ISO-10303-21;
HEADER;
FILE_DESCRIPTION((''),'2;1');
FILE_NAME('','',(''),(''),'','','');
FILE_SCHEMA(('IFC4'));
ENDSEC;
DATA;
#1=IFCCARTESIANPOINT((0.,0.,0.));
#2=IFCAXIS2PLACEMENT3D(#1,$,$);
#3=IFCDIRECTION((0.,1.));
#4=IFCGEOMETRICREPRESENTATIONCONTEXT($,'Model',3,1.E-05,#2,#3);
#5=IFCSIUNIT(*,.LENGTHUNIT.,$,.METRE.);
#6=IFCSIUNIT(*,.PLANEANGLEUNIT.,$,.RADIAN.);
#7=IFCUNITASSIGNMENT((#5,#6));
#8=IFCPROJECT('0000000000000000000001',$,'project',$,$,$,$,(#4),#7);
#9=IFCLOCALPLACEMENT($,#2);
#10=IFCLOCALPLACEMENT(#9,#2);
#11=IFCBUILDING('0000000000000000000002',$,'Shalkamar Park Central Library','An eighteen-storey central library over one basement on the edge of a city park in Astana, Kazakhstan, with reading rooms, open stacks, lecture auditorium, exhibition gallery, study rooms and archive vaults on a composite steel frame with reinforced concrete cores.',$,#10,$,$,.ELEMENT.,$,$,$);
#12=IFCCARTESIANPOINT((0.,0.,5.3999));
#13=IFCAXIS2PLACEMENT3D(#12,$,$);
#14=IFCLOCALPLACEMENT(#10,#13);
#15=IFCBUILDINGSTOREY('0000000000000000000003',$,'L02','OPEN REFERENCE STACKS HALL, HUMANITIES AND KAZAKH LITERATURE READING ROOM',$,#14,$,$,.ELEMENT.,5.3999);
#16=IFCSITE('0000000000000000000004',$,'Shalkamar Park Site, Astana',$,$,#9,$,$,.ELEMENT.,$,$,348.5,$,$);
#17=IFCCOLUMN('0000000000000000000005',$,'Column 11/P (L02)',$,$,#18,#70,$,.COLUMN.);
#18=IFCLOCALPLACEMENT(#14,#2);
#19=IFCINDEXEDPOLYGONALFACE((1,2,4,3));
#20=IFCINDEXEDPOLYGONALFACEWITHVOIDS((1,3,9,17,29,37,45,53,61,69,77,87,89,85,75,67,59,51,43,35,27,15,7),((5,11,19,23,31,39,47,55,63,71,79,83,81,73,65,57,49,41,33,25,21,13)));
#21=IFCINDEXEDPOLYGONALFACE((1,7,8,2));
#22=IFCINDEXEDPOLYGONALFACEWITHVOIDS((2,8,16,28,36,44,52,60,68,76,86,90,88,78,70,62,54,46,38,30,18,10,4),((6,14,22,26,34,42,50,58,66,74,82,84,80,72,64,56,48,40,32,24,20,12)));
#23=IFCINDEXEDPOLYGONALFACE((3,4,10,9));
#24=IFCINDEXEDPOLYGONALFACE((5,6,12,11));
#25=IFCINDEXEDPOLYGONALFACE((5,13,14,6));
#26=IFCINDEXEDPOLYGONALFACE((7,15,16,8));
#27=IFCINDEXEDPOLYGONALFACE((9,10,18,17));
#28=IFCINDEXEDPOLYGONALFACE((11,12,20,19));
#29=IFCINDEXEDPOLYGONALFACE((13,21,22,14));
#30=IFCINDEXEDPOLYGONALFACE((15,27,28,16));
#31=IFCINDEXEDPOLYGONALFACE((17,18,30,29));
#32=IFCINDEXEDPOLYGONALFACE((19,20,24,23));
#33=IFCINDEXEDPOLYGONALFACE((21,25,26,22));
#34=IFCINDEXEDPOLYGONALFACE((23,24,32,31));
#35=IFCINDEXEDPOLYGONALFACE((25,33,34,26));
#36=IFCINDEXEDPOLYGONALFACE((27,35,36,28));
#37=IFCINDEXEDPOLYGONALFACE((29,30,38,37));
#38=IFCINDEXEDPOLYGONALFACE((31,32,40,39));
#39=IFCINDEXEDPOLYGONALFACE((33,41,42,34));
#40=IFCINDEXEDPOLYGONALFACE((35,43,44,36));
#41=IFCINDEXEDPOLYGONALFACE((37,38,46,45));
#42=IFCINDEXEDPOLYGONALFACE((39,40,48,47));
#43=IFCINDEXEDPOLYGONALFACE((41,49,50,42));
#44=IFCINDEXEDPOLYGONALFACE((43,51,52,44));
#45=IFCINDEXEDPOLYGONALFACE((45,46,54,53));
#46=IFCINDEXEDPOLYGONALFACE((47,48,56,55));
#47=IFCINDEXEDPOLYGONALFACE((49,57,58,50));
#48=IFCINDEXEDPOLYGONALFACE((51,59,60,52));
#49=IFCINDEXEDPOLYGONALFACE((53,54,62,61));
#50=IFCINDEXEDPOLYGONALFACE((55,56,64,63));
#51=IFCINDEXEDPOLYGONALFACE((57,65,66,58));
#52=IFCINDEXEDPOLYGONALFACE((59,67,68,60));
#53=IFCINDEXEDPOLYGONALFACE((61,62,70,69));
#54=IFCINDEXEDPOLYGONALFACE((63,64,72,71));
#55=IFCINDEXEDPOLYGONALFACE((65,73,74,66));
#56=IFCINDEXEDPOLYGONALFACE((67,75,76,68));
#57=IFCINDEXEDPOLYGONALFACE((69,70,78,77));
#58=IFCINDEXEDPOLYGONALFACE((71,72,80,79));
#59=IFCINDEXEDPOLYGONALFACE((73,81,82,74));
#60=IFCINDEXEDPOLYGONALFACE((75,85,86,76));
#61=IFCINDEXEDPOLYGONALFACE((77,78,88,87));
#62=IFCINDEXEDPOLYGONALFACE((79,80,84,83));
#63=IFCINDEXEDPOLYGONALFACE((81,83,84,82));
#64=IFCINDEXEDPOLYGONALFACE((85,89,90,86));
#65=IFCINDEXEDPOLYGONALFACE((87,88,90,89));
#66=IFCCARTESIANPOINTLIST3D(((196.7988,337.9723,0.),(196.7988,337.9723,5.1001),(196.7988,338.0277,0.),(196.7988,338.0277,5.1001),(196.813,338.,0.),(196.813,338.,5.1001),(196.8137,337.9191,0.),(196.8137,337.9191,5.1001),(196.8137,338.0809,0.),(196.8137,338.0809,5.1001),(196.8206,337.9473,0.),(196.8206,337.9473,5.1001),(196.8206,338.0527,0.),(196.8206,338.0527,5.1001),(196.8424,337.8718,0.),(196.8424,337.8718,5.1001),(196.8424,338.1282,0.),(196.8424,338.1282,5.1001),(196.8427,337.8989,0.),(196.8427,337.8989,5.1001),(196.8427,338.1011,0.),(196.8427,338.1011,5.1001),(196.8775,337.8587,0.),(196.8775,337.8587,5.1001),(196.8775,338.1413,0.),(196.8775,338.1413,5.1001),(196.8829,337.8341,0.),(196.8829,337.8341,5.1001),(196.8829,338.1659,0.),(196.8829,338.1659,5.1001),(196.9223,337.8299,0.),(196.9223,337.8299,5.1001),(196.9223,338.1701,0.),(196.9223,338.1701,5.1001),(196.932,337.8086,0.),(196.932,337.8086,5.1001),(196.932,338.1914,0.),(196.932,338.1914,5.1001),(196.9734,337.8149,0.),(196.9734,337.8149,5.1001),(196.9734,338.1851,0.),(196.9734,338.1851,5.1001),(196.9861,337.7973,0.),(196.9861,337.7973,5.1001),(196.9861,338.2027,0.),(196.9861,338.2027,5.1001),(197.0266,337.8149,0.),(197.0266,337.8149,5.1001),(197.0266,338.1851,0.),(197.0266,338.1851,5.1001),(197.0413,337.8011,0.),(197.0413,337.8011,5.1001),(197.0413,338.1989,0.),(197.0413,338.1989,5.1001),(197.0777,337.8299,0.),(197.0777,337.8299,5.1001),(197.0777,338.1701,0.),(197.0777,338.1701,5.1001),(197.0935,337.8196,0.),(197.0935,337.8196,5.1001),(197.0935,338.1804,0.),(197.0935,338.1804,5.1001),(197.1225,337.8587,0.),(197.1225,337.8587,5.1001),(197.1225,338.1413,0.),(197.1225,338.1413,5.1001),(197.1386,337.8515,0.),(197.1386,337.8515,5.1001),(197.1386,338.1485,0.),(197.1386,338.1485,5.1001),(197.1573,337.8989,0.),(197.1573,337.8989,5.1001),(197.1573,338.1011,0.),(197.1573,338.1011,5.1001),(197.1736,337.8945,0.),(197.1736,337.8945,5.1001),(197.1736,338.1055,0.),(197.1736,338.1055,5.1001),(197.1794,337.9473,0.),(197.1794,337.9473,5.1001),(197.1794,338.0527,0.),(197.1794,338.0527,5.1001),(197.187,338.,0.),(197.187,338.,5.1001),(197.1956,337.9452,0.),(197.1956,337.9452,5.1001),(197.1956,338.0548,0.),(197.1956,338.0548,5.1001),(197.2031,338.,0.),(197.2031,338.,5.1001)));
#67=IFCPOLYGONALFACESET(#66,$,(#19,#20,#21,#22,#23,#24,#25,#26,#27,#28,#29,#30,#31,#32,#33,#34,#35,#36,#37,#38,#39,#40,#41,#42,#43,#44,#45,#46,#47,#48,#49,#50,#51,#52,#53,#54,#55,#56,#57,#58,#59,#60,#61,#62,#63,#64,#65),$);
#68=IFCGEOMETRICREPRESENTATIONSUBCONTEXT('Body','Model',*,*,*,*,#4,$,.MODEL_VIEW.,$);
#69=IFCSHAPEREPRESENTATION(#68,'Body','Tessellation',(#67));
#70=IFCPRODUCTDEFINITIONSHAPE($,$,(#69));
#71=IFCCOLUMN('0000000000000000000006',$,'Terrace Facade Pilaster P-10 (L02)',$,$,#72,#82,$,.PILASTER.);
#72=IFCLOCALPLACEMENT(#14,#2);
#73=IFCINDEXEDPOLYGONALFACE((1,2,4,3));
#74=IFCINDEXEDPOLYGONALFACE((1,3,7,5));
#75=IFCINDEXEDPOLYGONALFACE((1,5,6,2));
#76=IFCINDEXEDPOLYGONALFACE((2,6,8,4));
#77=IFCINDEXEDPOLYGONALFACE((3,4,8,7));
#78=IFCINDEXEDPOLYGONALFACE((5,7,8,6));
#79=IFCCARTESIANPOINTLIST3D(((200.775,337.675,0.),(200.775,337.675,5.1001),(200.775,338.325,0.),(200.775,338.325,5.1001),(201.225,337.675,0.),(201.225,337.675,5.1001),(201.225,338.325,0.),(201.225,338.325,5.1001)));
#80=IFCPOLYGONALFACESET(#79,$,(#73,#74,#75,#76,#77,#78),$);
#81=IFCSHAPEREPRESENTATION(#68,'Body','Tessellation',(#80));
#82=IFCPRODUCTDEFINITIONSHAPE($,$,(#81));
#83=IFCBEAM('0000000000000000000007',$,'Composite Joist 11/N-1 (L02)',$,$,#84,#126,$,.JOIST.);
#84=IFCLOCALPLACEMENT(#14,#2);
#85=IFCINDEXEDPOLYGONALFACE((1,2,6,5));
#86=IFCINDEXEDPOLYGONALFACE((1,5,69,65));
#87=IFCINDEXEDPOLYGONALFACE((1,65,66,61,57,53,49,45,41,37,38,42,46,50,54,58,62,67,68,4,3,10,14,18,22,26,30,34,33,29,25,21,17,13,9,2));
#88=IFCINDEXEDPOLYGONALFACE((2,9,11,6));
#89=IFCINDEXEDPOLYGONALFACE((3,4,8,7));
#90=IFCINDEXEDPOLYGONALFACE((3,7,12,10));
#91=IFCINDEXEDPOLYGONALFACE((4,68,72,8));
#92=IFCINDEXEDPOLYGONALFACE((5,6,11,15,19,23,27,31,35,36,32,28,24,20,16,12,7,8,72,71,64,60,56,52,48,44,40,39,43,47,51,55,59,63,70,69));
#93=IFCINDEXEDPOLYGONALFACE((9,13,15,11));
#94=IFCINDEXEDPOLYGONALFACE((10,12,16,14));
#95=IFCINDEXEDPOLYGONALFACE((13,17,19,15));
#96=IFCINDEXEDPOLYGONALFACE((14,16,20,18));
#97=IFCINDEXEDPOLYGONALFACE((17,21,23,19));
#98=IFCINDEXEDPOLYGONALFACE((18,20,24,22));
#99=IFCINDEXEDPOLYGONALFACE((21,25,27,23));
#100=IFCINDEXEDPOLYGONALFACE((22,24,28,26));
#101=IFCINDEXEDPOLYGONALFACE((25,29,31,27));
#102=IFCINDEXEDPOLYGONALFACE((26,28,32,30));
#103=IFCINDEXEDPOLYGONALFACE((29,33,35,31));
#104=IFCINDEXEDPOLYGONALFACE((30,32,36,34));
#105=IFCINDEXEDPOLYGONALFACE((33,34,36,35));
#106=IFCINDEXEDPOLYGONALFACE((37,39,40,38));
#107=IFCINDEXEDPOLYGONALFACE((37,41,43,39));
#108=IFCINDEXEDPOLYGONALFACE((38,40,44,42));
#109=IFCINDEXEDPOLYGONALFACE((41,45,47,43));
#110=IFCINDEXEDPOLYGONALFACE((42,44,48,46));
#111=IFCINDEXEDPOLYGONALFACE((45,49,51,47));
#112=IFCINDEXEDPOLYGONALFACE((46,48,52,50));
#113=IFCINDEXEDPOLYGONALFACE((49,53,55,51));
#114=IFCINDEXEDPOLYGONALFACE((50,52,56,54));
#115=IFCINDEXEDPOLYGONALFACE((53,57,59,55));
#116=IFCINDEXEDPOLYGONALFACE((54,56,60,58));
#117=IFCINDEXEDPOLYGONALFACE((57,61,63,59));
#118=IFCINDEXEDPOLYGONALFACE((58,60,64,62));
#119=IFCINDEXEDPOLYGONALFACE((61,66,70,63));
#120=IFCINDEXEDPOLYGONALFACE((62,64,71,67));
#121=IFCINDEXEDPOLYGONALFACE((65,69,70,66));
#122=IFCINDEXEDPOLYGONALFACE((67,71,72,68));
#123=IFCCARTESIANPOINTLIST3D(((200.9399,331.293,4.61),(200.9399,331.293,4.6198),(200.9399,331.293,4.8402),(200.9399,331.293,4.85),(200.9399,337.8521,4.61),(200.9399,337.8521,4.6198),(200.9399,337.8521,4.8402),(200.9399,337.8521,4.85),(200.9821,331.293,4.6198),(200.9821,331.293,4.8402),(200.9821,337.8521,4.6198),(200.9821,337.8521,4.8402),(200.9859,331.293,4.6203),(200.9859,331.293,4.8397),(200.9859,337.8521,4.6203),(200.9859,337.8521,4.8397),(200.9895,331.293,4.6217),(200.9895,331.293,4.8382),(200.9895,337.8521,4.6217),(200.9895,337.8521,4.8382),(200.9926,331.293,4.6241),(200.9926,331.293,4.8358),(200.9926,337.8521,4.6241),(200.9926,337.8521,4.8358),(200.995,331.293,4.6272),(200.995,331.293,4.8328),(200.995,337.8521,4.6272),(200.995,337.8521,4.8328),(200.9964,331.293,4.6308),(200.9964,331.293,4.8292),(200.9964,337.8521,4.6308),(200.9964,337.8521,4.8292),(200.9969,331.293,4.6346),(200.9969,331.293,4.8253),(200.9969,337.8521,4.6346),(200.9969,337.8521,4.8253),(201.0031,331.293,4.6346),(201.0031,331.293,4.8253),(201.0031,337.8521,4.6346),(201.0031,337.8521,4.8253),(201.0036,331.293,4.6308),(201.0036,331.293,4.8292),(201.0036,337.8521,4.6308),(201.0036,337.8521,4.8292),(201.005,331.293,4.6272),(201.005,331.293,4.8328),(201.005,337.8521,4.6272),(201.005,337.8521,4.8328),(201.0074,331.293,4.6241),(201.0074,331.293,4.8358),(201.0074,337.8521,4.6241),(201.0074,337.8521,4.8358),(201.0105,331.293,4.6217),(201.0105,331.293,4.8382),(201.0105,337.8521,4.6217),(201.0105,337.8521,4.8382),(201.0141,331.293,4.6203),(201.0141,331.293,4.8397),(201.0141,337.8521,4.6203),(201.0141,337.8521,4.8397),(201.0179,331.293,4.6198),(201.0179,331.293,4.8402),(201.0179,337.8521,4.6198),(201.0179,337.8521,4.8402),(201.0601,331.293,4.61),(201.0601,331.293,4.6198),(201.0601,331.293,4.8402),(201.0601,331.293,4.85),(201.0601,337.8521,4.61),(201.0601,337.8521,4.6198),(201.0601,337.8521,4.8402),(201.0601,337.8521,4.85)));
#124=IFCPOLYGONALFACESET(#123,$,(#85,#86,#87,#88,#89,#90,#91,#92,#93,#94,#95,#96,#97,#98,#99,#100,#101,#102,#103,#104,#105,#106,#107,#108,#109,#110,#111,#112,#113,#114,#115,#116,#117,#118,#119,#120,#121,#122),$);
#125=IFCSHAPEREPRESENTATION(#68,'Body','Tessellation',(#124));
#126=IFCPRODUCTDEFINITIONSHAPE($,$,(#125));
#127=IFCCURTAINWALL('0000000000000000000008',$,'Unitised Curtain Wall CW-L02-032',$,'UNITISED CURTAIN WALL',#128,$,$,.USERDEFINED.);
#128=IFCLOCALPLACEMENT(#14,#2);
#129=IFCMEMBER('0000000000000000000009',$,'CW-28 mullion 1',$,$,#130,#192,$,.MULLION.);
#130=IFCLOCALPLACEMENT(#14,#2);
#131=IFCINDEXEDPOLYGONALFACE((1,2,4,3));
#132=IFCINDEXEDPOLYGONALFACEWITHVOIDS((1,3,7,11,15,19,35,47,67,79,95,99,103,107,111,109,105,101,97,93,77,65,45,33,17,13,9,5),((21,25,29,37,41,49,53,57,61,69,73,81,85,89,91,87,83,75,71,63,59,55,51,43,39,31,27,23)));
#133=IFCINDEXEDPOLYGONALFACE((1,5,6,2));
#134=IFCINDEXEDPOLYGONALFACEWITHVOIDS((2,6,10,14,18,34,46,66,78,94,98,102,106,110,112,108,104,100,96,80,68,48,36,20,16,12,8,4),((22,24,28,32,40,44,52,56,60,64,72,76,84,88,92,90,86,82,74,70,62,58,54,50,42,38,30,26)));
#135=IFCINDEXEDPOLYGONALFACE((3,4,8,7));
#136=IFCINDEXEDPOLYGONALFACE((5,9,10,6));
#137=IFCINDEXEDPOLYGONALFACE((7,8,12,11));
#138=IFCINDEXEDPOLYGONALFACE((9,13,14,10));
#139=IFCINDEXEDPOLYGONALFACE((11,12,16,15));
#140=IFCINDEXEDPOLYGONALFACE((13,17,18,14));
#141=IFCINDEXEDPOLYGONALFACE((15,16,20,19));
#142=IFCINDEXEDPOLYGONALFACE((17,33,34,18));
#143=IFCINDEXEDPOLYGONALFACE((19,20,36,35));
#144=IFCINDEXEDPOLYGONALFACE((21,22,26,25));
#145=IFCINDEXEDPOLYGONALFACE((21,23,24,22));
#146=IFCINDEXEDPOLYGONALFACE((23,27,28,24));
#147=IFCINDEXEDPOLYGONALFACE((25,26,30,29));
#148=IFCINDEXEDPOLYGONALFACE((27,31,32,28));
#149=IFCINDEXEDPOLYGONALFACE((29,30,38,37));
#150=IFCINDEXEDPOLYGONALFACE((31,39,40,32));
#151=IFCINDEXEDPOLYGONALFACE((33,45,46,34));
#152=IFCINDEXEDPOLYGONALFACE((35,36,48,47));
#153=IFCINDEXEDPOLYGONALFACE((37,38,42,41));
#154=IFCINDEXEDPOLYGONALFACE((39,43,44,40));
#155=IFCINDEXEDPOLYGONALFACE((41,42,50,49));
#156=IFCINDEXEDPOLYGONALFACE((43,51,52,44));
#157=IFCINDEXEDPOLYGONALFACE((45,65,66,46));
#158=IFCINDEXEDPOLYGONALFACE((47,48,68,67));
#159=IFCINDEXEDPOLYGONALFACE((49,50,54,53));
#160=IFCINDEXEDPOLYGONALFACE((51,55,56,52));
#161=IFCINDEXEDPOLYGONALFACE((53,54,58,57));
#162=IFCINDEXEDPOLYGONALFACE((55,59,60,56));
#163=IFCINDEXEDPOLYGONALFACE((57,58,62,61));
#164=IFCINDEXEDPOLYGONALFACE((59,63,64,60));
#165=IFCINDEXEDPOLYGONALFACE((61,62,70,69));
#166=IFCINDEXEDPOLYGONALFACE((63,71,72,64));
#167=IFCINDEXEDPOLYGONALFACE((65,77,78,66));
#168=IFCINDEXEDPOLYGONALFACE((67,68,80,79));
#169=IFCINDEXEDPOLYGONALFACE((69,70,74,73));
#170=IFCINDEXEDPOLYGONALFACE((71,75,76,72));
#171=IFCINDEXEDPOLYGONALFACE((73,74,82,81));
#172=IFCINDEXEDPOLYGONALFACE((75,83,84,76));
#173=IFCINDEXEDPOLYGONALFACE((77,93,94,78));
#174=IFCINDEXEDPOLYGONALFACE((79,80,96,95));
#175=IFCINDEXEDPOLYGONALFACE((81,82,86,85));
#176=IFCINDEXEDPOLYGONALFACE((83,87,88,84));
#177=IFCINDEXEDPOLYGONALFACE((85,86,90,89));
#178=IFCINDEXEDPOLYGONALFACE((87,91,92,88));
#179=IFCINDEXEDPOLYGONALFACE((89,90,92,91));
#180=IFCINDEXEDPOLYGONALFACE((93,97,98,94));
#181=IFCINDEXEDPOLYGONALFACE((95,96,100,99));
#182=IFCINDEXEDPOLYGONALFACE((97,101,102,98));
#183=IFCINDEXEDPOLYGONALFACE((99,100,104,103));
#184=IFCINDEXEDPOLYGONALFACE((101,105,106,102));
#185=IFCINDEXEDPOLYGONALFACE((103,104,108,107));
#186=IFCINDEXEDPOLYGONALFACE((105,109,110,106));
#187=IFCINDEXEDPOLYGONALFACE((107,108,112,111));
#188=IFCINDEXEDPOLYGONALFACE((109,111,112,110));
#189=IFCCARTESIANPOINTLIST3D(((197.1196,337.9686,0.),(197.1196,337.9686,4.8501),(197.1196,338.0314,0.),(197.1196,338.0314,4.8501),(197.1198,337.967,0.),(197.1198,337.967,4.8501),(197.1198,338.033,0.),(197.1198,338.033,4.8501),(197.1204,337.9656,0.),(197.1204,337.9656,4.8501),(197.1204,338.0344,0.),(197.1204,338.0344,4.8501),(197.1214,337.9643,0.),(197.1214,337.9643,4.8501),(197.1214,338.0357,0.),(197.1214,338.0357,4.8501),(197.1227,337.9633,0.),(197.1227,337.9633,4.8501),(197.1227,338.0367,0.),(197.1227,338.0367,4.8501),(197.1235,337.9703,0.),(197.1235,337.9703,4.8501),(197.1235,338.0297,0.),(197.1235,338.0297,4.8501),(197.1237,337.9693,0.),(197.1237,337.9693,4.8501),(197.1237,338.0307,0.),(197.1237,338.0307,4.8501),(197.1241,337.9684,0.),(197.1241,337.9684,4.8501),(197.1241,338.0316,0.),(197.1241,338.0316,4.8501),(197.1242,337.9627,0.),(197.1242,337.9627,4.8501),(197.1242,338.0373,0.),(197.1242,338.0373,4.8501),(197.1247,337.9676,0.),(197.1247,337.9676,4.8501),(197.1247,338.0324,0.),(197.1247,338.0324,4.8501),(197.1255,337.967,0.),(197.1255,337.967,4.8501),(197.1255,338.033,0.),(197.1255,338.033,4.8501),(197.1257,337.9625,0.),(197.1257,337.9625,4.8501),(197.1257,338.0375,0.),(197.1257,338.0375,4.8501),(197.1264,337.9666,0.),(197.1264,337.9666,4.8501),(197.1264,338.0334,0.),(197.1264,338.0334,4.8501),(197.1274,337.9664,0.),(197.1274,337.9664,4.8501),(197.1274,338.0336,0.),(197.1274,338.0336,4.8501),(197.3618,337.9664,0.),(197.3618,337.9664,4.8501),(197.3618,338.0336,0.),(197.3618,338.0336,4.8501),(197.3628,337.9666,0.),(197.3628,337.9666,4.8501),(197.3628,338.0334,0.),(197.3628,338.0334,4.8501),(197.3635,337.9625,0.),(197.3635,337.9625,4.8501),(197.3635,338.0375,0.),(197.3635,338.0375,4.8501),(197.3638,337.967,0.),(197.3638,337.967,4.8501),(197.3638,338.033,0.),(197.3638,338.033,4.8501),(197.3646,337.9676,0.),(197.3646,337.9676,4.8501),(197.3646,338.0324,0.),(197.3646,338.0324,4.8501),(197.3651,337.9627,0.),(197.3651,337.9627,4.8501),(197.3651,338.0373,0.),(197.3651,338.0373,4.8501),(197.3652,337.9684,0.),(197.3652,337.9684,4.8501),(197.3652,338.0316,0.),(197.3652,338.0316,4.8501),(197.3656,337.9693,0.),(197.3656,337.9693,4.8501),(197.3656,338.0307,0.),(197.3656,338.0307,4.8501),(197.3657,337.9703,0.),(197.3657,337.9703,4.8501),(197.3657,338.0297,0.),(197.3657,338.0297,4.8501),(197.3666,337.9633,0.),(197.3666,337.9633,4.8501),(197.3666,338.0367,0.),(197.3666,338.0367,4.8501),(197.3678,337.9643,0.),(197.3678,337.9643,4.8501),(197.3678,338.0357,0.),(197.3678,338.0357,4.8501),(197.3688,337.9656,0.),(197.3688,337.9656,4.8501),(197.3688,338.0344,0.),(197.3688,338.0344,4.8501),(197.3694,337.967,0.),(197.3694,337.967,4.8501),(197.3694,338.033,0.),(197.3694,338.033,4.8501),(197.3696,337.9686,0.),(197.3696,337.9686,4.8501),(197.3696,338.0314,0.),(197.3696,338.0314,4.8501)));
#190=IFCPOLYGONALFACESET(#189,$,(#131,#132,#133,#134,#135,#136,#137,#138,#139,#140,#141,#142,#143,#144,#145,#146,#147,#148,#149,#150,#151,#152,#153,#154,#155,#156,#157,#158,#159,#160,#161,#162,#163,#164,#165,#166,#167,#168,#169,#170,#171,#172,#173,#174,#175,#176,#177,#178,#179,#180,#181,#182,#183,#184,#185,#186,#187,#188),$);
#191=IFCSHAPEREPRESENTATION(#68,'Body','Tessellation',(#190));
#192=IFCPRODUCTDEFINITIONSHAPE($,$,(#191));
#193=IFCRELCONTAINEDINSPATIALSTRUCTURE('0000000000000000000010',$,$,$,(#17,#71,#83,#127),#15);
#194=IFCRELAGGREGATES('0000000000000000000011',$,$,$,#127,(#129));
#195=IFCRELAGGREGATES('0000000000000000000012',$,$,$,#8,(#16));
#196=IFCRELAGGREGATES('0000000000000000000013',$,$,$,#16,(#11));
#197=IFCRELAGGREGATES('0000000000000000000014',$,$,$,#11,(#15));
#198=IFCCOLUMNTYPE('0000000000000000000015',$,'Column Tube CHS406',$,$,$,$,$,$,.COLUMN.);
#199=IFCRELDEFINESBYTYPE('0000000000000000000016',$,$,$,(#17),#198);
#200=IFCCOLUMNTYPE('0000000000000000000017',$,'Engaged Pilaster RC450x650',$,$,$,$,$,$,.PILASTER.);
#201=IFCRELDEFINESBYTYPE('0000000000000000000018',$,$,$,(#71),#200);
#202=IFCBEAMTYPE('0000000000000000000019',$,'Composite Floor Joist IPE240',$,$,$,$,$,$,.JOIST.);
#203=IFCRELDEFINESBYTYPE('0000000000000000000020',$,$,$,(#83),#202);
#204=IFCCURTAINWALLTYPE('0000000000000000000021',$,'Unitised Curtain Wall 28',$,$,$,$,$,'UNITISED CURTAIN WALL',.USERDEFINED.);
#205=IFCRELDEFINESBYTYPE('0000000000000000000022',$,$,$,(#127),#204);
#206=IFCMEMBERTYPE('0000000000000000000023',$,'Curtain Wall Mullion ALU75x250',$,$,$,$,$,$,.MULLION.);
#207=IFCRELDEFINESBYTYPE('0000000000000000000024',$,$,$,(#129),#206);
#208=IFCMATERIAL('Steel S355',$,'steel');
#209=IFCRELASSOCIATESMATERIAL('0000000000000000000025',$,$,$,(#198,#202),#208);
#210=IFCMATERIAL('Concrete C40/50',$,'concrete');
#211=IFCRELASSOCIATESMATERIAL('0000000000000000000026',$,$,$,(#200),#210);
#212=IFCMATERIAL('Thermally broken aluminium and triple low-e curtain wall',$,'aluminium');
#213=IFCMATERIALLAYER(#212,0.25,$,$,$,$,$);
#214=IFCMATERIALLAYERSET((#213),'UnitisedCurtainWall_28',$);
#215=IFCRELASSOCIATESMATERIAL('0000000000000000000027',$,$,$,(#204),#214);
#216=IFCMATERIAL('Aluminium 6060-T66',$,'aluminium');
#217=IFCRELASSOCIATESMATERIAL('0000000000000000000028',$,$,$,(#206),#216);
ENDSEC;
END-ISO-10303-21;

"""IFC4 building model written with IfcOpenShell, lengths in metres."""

from ifc_helpers import new_model, si_unit, direction, frame, origin, origin_2d, place, context, subcontext, project, spatial, rectangle, hollow_rectangle, hollow_circle, i_section, extrude, material, layer, layer_set, material_profile, profile_set, type_object, element, aggregate, save


model = new_model("IFC4")

# Units and contexts
model_context = context("Model", 3, precision=1e-05, world=origin(), true_north=direction((0.0, 1.0)))
body_context = subcontext(model_context, "Body", "Model", "MODEL_VIEW")
ifc_project = project(units=[si_unit("LENGTHUNIT", "METRE"), si_unit("PLANEANGLEUNIT", "RADIAN")], contexts=[model_context])

# Site, building, storey
site_placement = place(None, origin())
site = spatial("IfcSite", under=ifc_project, at=site_placement, Name="Shalkamar Park Site, Astana", CompositionType="ELEMENT", RefElevation=348.5)
building_placement = place(site_placement, origin())
building = spatial("IfcBuilding", under=site, at=building_placement, Name="Shalkamar Park Central Library", Description="An eighteen-storey central library over one basement on the edge of a city park in Astana, Kazakhstan, with reading rooms, open stacks, lecture auditorium, exhibition gallery, study rooms and archive vaults on a composite steel frame with reinforced concrete cores.", CompositionType="ELEMENT")
storey_placement = place(building_placement, frame((0.0, 0.0, 5.3999)))
storey = spatial("IfcBuildingStorey", under=building, at=storey_placement, Name="L02", Description="OPEN REFERENCE STACKS HALL, HUMANITIES AND KAZAKH LITERATURE READING ROOM", CompositionType="ELEMENT", Elevation=5.3999)

# Columns
ifc_material_1 = material(Name="Steel S355", Category="steel")
ifc_material_profile_1 = material_profile(ifc_material_1, hollow_circle(Radius=0.2031, WallThickness=0.0161, at=origin_2d()), Name="CHS 406.4x16")
ifc_profile_set_1 = profile_set([ifc_material_profile_1], Name="Steel S355")
column_type_1 = type_object("IfcColumnType", Name="Column Tube CHS406", PredefinedType="COLUMN", material=ifc_profile_set_1)
column_1_placement = place(storey_placement, frame((197.0, 338.0, 0.0), z_axis=(0.0, 0.0, 1.0), x_axis=(1.0, 0.0, 0.0)))
element("IfcColumn", 1, at=column_1_placement, inside=storey, type_object=column_type_1, Name="Column 11/P (L02)", PredefinedType="COLUMN", context=body_context, shape_type="SweptSolid", body=[
    extrude(hollow_circle(Radius=0.2031, WallThickness=0.0161, at=origin_2d()), origin(), (0.0, 0.0, 1.0), 5.1001),
])
ifc_material_2 = material(Name="Concrete C40/50", Category="concrete")
ifc_material_profile_2 = material_profile(ifc_material_2, rectangle(XDim=0.45, YDim=0.6499, at=origin_2d()), Name="RC 450x650")
ifc_profile_set_2 = profile_set([ifc_material_profile_2], Name="Concrete C40/50")
column_type_2 = type_object("IfcColumnType", Name="Engaged Pilaster RC450x650", PredefinedType="PILASTER", material=ifc_profile_set_2)
column_2_placement = place(storey_placement, frame((201.0, 338.0, 0.0), z_axis=(0.0, 0.0, 1.0), x_axis=(1.0, 0.0, 0.0)))
element("IfcColumn", 2, at=column_2_placement, inside=storey, type_object=column_type_2, Name="Terrace Facade Pilaster P-10 (L02)", PredefinedType="PILASTER", context=body_context, shape_type="SweptSolid", body=[
    extrude(rectangle(XDim=0.45, YDim=0.6499, at=origin_2d()), origin(), (0.0, 0.0, 1.0), 5.1001),
])

# Beam
ifc_material_profile_3 = material_profile(ifc_material_1, i_section(OverallWidth=0.1201, OverallDepth=0.24, WebThickness=0.0061, FlangeThickness=0.0098, FilletRadius=0.0149, at=origin_2d()), Name="IPE 240")
ifc_profile_set_3 = profile_set([ifc_material_profile_3], Name="Steel S355")
beam_type_1 = type_object("IfcBeamType", Name="Composite Floor Joist IPE240", PredefinedType="JOIST", material=ifc_profile_set_3)
beam_1_placement = place(storey_placement, frame((201.0, 331.293, 4.73), z_axis=(0.0, 1.0, 0.0), x_axis=(-1.0, 0.0, 0.0)))
element("IfcBeam", 3, at=beam_1_placement, inside=storey, type_object=beam_type_1, Name="Composite Joist 11/N-1 (L02)", PredefinedType="JOIST", context=body_context, shape_type="SweptSolid", body=[
    extrude(i_section(OverallWidth=0.1201, OverallDepth=0.24, WebThickness=0.0061, FlangeThickness=0.0098, FilletRadius=0.0149, at=origin_2d()), origin(), (0.0, 0.0, 1.0), 6.5591),
])

# Curtain wall, member
ifc_material_3 = material(Name="Thermally broken aluminium and triple low-e curtain wall", Category="aluminium")
ifc_layer_1 = layer(ifc_material_3, 0.25)
ifc_layer_set_1 = layer_set([ifc_layer_1], Name="UnitisedCurtainWall_28")
curtain_wall_type_1 = type_object("IfcCurtainWallType", Name="Unitised Curtain Wall 28", ElementType="UNITISED CURTAIN WALL", PredefinedType="USERDEFINED", material=ifc_layer_set_1)
curtain_wall_1_placement = place(storey_placement, origin())
curtain_wall_1 = element("IfcCurtainWall", 4, at=curtain_wall_1_placement, inside=storey, type_object=curtain_wall_type_1, Name="Unitised Curtain Wall CW-L02-032", ObjectType="UNITISED CURTAIN WALL", PredefinedType="USERDEFINED")
ifc_material_4 = material(Name="Aluminium 6060-T66", Category="aluminium")
ifc_material_profile_4 = material_profile(ifc_material_4, hollow_rectangle(XDim=0.075, YDim=0.25, WallThickness=0.0039, InnerFilletRadius=0.0039, OuterFilletRadius=0.0061, at=origin_2d()), Name="ALU 75x250x4")
ifc_profile_set_4 = profile_set([ifc_material_profile_4], Name="Aluminium 6060-T66")
member_type_1 = type_object("IfcMemberType", Name="Curtain Wall Mullion ALU75x250", PredefinedType="MULLION", material=ifc_profile_set_4)
member_1_placement = place(storey_placement, frame((197.2446, 338.0, 0.0), z_axis=(0.0, 0.0, 1.0), x_axis=(0.0, 1.0, 0.0)))
member_1 = element("IfcMember", 5, at=member_1_placement, type_object=member_type_1, Name="CW-28 mullion 1", PredefinedType="MULLION", context=body_context, shape_type="SweptSolid", body=[
    extrude(hollow_rectangle(XDim=0.075, YDim=0.25, WallThickness=0.0039, InnerFilletRadius=0.0039, OuterFilletRadius=0.0061, at=origin_2d()), origin(), (0.0, 0.0, 1.0), 4.8501),
])

aggregate(curtain_wall_1, [member_1])

save(model, "model.ifc")
